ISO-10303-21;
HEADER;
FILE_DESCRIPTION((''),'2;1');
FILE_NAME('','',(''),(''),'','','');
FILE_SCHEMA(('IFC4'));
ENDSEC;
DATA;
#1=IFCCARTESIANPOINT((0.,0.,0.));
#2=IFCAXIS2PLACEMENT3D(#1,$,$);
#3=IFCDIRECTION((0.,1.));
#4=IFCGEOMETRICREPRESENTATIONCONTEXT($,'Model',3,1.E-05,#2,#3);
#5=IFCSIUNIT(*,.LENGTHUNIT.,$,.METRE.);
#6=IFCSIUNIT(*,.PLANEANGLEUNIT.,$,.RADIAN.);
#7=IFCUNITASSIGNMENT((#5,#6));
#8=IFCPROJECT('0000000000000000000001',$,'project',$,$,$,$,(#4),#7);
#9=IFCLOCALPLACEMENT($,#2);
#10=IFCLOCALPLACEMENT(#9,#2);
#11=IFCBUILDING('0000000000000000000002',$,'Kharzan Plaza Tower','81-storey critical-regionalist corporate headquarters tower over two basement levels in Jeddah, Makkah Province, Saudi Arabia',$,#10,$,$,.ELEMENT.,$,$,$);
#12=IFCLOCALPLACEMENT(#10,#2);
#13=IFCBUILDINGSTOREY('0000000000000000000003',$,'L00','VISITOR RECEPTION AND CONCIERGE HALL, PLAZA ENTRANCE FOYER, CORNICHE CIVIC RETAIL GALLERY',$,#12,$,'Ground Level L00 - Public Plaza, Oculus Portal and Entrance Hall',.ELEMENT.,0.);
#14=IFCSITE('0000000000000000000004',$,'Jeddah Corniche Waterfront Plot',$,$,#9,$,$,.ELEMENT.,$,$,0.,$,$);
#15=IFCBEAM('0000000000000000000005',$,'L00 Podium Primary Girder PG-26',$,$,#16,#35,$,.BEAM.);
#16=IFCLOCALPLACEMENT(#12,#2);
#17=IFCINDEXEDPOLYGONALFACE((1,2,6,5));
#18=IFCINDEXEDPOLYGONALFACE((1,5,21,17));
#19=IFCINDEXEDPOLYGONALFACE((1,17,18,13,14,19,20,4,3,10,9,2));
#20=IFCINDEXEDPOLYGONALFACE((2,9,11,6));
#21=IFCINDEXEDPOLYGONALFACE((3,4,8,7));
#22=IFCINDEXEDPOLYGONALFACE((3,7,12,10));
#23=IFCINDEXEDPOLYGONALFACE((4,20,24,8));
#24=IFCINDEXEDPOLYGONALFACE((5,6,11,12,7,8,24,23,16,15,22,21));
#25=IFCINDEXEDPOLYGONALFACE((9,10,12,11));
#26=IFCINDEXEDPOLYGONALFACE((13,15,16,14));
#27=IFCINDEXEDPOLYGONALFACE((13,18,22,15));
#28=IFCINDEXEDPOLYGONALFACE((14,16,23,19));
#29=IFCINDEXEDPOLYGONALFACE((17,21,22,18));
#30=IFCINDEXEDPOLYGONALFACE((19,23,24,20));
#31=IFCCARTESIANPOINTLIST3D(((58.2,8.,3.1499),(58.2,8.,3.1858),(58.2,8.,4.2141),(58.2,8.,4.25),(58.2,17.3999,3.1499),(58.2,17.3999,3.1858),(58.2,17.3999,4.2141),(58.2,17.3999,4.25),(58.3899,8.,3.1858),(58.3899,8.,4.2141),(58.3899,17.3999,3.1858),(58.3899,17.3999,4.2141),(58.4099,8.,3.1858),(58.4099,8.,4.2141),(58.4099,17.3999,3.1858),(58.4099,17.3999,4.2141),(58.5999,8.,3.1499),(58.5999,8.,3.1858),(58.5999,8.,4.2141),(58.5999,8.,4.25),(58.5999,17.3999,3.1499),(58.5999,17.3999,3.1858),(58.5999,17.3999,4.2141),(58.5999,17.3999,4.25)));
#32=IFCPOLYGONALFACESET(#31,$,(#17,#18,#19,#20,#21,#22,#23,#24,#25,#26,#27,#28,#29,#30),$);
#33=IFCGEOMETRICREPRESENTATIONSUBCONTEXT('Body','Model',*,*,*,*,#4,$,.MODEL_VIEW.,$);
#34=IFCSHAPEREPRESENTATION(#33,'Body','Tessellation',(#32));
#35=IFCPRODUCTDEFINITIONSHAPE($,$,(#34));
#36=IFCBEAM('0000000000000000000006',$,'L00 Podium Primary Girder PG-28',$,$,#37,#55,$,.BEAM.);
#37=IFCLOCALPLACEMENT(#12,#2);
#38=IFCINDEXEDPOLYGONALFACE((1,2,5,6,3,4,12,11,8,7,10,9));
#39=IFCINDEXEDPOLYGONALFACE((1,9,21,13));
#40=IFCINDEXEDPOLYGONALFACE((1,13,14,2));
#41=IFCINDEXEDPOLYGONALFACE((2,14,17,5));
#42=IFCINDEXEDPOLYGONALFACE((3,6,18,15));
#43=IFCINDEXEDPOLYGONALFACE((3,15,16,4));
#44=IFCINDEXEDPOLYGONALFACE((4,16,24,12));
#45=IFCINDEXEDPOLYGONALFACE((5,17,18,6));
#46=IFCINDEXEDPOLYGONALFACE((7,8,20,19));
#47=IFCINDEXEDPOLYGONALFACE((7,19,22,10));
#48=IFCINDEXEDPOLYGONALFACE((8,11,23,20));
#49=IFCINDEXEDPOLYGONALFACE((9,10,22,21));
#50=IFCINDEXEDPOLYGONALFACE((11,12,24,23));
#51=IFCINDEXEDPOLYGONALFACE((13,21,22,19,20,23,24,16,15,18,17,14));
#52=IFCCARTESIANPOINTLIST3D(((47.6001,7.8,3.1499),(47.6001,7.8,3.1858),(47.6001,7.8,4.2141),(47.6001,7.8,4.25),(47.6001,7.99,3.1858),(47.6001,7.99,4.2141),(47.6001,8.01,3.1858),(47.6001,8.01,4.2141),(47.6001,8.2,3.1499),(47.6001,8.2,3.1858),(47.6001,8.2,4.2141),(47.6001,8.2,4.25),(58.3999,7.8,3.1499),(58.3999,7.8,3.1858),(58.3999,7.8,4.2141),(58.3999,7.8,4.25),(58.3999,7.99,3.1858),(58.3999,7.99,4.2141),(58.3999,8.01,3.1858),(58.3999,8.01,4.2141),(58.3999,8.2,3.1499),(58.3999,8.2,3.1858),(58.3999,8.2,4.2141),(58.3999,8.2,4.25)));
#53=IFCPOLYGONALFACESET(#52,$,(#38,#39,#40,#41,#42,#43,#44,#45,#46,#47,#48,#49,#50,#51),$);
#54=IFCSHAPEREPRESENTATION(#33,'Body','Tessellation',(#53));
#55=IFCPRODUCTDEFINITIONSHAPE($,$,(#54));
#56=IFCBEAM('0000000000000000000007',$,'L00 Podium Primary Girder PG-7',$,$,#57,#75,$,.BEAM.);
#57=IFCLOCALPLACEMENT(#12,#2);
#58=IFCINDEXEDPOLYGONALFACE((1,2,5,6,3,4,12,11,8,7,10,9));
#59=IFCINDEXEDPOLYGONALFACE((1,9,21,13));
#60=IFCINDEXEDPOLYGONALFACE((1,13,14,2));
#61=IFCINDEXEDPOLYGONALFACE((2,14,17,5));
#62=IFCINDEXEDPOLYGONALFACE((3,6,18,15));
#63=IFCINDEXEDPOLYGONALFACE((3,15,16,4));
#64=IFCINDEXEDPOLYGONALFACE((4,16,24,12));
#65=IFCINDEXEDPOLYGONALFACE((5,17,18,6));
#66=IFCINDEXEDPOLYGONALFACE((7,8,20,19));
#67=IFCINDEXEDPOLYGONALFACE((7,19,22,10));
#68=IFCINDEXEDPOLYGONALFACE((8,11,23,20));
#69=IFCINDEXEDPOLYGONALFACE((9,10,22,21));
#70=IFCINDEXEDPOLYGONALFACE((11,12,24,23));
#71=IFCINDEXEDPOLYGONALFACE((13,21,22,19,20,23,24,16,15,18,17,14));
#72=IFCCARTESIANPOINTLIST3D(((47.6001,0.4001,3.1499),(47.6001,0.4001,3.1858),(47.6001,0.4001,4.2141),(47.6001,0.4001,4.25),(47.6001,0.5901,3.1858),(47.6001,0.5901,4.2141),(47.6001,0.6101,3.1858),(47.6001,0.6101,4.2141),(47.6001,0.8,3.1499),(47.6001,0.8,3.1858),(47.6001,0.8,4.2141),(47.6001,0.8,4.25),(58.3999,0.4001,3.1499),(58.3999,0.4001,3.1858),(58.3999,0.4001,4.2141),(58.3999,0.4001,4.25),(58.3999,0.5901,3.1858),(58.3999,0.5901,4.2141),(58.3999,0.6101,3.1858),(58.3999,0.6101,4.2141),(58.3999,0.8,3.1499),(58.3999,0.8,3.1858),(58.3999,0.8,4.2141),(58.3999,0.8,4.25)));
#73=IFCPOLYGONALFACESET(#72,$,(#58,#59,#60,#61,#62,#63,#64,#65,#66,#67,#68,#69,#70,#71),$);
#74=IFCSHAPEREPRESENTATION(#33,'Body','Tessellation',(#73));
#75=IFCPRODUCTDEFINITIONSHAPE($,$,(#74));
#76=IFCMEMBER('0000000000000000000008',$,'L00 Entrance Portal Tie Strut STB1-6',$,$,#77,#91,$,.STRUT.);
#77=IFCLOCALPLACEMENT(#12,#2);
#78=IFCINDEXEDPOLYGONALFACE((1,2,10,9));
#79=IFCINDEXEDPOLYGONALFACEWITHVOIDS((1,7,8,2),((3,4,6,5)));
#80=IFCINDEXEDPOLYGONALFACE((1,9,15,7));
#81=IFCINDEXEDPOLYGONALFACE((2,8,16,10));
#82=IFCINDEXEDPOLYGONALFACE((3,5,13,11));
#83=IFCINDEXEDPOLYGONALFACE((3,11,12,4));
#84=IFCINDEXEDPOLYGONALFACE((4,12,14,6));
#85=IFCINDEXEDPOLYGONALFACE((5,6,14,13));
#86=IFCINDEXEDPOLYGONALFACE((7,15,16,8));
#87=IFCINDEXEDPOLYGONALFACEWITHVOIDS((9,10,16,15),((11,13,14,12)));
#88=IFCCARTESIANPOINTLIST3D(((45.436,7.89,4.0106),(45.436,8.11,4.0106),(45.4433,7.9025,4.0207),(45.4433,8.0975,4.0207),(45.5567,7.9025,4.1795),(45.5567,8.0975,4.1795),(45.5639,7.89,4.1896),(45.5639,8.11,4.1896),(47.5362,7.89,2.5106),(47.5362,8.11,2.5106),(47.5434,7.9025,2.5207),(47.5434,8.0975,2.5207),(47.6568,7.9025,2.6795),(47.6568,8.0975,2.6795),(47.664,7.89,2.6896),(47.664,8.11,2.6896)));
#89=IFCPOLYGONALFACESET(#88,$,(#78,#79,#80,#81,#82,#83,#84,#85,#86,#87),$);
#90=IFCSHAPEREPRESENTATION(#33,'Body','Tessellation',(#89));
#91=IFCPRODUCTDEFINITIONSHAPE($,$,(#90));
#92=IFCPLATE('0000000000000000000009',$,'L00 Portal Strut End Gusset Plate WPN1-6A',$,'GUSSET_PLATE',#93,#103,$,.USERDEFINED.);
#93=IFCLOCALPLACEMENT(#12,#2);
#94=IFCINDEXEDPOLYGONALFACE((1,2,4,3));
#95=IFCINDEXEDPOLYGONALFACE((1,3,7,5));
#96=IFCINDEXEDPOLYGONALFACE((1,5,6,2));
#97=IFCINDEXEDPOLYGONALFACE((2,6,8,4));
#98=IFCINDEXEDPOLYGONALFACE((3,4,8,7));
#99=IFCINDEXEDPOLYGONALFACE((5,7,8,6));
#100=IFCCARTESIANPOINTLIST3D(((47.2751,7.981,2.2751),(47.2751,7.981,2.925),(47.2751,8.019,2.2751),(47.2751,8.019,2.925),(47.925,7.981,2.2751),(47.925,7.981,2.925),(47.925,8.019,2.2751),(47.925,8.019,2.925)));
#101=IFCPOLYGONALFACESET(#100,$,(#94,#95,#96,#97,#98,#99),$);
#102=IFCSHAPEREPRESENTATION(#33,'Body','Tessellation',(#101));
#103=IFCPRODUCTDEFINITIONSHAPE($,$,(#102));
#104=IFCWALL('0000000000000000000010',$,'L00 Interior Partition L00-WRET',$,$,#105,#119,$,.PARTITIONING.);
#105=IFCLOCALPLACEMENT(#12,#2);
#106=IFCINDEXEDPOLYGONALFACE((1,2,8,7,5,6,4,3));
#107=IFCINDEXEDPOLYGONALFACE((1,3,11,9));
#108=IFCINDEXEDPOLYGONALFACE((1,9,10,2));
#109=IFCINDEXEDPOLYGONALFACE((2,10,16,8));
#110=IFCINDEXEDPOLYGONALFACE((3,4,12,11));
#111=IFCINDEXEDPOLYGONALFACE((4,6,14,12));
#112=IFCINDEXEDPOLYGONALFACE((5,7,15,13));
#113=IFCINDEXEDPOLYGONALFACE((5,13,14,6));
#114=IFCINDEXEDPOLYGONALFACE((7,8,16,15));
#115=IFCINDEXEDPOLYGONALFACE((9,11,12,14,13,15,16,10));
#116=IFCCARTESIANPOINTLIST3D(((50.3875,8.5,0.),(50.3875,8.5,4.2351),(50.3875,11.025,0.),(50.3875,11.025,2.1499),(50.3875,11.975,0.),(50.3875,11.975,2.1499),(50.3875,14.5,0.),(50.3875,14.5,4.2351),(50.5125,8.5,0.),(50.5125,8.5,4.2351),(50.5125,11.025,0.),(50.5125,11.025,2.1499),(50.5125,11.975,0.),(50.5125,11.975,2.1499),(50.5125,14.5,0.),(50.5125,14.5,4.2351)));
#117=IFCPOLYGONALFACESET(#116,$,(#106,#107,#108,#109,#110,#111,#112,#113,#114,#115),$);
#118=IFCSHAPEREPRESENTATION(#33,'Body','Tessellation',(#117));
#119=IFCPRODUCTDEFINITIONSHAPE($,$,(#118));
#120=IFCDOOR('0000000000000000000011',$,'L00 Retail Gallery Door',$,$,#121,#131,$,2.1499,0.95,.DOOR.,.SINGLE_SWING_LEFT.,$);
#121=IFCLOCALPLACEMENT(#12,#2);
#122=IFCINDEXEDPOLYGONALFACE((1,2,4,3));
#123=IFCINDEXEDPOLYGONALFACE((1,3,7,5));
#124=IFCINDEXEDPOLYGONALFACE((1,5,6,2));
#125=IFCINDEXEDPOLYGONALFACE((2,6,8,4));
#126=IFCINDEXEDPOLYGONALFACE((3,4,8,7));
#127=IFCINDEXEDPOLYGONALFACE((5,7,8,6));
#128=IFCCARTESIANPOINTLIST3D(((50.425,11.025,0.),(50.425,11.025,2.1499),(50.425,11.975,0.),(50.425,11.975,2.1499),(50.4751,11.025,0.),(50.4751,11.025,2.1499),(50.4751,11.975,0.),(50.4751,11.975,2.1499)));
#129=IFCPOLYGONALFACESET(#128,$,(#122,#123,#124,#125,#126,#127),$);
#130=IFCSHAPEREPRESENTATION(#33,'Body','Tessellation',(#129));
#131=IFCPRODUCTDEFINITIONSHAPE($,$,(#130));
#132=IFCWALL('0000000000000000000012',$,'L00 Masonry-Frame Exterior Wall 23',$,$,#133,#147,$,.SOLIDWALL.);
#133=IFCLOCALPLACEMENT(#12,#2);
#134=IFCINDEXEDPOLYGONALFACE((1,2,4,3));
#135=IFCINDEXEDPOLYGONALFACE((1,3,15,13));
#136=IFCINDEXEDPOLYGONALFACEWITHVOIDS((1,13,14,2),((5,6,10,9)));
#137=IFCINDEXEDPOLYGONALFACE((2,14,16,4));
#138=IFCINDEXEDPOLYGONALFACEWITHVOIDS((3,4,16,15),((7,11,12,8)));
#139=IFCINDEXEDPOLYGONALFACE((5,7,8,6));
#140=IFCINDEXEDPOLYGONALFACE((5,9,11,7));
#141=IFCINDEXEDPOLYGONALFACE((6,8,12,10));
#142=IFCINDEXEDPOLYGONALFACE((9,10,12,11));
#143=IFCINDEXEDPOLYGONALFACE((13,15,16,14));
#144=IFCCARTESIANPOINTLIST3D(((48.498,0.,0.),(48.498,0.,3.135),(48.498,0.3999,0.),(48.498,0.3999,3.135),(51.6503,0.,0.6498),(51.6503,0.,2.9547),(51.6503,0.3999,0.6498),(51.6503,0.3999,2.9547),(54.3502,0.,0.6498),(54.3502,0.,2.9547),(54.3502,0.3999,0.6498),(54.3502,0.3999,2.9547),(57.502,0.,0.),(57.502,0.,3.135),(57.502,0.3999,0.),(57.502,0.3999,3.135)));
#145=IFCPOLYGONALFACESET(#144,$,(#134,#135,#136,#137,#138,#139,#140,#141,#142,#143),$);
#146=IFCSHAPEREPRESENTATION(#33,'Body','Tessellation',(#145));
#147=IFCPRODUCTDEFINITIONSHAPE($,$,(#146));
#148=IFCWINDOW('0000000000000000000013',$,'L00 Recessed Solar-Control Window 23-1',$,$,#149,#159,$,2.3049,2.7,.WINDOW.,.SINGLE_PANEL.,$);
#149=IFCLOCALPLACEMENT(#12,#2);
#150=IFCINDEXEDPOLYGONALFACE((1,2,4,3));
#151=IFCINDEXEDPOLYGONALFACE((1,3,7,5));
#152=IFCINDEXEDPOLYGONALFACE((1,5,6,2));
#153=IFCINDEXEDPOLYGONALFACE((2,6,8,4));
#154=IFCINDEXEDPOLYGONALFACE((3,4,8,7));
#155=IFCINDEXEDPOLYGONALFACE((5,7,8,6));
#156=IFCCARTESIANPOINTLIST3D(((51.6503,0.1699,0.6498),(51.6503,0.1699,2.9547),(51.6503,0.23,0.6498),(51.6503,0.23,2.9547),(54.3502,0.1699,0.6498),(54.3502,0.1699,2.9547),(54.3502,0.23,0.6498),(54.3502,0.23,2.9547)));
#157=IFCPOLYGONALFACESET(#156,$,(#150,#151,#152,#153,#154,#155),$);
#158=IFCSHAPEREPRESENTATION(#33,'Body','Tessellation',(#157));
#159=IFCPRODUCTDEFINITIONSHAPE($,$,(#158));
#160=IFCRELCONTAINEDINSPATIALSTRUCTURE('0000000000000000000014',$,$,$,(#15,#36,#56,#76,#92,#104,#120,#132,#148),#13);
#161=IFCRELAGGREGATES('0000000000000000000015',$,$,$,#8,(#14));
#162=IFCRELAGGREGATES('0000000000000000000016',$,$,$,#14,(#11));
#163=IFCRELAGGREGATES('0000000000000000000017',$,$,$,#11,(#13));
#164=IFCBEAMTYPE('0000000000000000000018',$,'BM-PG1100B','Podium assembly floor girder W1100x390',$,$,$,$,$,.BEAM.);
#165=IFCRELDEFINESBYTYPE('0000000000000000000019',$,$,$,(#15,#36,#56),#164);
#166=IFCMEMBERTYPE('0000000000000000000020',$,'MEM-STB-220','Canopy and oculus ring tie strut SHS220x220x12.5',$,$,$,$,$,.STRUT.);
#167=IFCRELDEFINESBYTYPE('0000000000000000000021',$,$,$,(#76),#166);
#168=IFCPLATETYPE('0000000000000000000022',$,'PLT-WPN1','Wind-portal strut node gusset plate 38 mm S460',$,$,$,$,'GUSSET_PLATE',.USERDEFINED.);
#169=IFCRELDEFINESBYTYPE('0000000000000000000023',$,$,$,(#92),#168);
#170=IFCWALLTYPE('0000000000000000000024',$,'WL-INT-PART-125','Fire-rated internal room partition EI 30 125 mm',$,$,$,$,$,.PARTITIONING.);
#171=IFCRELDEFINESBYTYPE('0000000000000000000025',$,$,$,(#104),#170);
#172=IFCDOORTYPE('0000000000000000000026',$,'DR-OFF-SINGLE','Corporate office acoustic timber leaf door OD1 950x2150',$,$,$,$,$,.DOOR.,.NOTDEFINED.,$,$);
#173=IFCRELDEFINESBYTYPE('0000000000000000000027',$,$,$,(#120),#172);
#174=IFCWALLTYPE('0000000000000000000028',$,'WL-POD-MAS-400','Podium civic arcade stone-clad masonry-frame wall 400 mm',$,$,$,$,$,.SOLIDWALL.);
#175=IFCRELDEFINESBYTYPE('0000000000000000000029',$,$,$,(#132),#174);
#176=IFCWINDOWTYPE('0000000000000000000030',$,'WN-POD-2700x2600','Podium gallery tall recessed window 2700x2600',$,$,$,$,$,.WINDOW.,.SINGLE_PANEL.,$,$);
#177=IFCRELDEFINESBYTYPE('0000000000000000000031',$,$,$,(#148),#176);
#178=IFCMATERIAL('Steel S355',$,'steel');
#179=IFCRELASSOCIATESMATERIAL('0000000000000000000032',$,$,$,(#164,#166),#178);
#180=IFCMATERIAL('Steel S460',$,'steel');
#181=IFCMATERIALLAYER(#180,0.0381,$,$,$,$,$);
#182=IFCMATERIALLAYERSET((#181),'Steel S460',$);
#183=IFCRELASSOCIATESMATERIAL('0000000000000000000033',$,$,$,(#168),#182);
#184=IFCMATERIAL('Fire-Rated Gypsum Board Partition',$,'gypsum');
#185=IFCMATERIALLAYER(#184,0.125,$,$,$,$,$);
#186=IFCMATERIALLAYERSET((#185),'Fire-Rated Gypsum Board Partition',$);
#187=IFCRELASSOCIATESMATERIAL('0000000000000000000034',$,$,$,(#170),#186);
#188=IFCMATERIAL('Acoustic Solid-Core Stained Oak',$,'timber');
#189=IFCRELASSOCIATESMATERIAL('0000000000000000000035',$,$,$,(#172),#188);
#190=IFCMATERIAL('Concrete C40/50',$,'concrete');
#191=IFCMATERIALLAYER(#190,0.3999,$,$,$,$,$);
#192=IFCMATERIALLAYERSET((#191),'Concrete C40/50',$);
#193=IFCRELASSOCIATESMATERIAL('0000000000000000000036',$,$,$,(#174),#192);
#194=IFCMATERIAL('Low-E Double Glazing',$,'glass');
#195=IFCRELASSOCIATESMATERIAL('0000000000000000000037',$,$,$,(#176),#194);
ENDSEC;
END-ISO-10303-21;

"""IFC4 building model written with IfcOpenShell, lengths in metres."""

from ifc_helpers import new_model, si_unit, direction, frame, frame_2d, origin, origin_2d, place, context, subcontext, project, spatial, rectangle, hollow_rectangle, i_section, extrude, source, transform, mapped, material, layer, layer_set, material_profile, profile_set, type_object, element, fill, save


model = new_model("IFC4")

# Units and contexts
model_context = context("Model", 3, precision=1e-05, world=origin(), true_north=direction((0.0, 1.0)))
body_context = subcontext(model_context, "Body", "Model", "MODEL_VIEW")
ifc_project = project(units=[si_unit("LENGTHUNIT", "METRE"), si_unit("PLANEANGLEUNIT", "RADIAN")], contexts=[model_context])

# Site, building, storey
site_placement = place(None, origin())
site = spatial("IfcSite", under=ifc_project, at=site_placement, Name="Jeddah Corniche Waterfront Plot", CompositionType="ELEMENT", RefElevation=0.0)
building_placement = place(site_placement, origin())
building = spatial("IfcBuilding", under=site, at=building_placement, Name="Kharzan Plaza Tower", Description="81-storey critical-regionalist corporate headquarters tower over two basement levels in Jeddah, Makkah Province, Saudi Arabia", CompositionType="ELEMENT")
storey_placement = place(building_placement, origin())
storey = spatial("IfcBuildingStorey", under=building, at=storey_placement, Name="L00", Description="VISITOR RECEPTION AND CONCIERGE HALL, PLAZA ENTRANCE FOYER, CORNICHE CIVIC RETAIL GALLERY", LongName="Ground Level L00 - Public Plaza, Oculus Portal and Entrance Hall", CompositionType="ELEMENT", Elevation=0.0)

# Shared definitions
ifc_material_1 = material(Name="Steel S355", Category="steel")

# Beams
ifc_material_profile_1 = material_profile(ifc_material_1, i_section(OverallWidth=0.3999, OverallDepth=1.1001, WebThickness=0.02, FlangeThickness=0.0359, at=origin_2d()), Name="W1100x390")
ifc_profile_set_1 = profile_set([ifc_material_profile_1], Name="Steel S355")
beam_type_1 = type_object("IfcBeamType", Name="BM-PG1100B", Description="Podium assembly floor girder W1100x390", PredefinedType="BEAM", material=ifc_profile_set_1)
shared_shape_1 = source(origin(), body_context, "Body", "SweptSolid", [
    extrude(i_section(OverallWidth=0.3999, OverallDepth=1.1001, WebThickness=0.02, FlangeThickness=0.0359, at=origin_2d()), origin(), (0.0, 0.0, 1.0), 9.3999),
])
for number, where, z_axis, x_axis, name in (
    (1, (58.3999, 8.0, 3.7), (0.0, 1.0, 0.0), (-1.0, 0.0, 0.0), "L00 Podium Primary Girder PG-26"),
):
    element("IfcBeam", number, at=place(storey_placement, frame(where, z_axis=z_axis, x_axis=x_axis)), inside=storey, type_object=beam_type_1, Name=name, PredefinedType="BEAM", context=body_context, shape_type="MappedRepresentation", body=[
        mapped(shared_shape_1, transform((0.0, 0.0, 0.0), x_axis=(1.0, 0.0, 0.0), y_axis=(0.0, 1.0, 0.0), z_axis=(0.0, 0.0, 1.0))),
    ])
shared_shape_2 = source(origin(), body_context, "Body", "SweptSolid", [
    extrude(i_section(OverallWidth=0.3999, OverallDepth=1.1001, WebThickness=0.02, FlangeThickness=0.0359, at=origin_2d()), origin(), (0.0, 0.0, 1.0), 10.7998),
])
for number, where, z_axis, x_axis, name in (
    (2, (47.6001, 8.0, 3.7), (1.0, 0.0, 0.0), (0.0, 1.0, 0.0), "L00 Podium Primary Girder PG-28"),
    (3, (47.6001, 0.6001, 3.7), (1.0, 0.0, 0.0), (0.0, 1.0, 0.0), "L00 Podium Primary Girder PG-7"),
):
    element("IfcBeam", number, at=place(storey_placement, frame(where, z_axis=z_axis, x_axis=x_axis)), inside=storey, type_object=beam_type_1, Name=name, PredefinedType="BEAM", context=body_context, shape_type="MappedRepresentation", body=[
        mapped(shared_shape_2, transform((0.0, 0.0, 0.0), x_axis=(1.0, 0.0, 0.0), y_axis=(0.0, 1.0, 0.0), z_axis=(0.0, 0.0, 1.0))),
    ])

# Member
ifc_material_profile_2 = material_profile(ifc_material_1, hollow_rectangle(XDim=0.22, YDim=0.22, WallThickness=0.0125, at=origin_2d()), Name="SHS220x220x12.5")
ifc_profile_set_2 = profile_set([ifc_material_profile_2], Name="Steel S355")
member_type = type_object("IfcMemberType", Name="MEM-STB-220", Description="Canopy and oculus ring tie strut SHS220x220x12.5", PredefinedType="STRUT", material=ifc_profile_set_2)
shared_shape_3 = source(origin(), body_context, "Body", "SweptSolid", [
    extrude(hollow_rectangle(XDim=0.22, YDim=0.22, WallThickness=0.0125, at=origin_2d()), origin(), (0.0, 0.0, 1.0), 2.5808),
])
member_placement = place(storey_placement, frame((47.6001, 8.0, 2.6001), z_axis=(-0.813746, 0.0, 0.58122), x_axis=(0.0, -1.0, 0.0)))
element("IfcMember", 4, at=member_placement, inside=storey, type_object=member_type, Name="L00 Entrance Portal Tie Strut STB1-6", PredefinedType="STRUT", context=body_context, shape_type="MappedRepresentation", body=[
    mapped(shared_shape_3, transform((0.0, 0.0, 0.0), x_axis=(1.0, 0.0, 0.0), y_axis=(0.0, 1.0, 0.0), z_axis=(0.0, 0.0, 1.0))),
])

# Plate
ifc_material_2 = material(Name="Steel S460", Category="steel")
ifc_layer_1 = layer(ifc_material_2, 0.0381)
ifc_layer_set_1 = layer_set([ifc_layer_1], Name="Steel S460")
plate_type = type_object("IfcPlateType", Name="PLT-WPN1", Description="Wind-portal strut node gusset plate 38 mm S460", ElementType="GUSSET_PLATE", PredefinedType="USERDEFINED", material=ifc_layer_set_1)
shared_shape_4 = source(origin(), body_context, "Body", "SweptSolid", [
    extrude(rectangle(XDim=0.6499, YDim=0.0381, at=origin_2d()), origin(), (0.0, 0.0, 1.0), 0.6499),
])
plate_placement = place(storey_placement, frame((47.6001, 8.0, 2.2751), z_axis=(0.0, 0.0, 1.0), x_axis=(1.0, 0.0, 0.0)))
element("IfcPlate", 5, at=plate_placement, inside=storey, type_object=plate_type, Name="L00 Portal Strut End Gusset Plate WPN1-6A", ObjectType="GUSSET_PLATE", PredefinedType="USERDEFINED", context=body_context, shape_type="MappedRepresentation", body=[
    mapped(shared_shape_4, transform((0.0, 0.0, 0.0), x_axis=(1.0, 0.0, 0.0), y_axis=(0.0, 1.0, 0.0), z_axis=(0.0, 0.0, 1.0))),
])

# Wall, opening, door
ifc_material_3 = material(Name="Fire-Rated Gypsum Board Partition", Category="gypsum")
ifc_layer_2 = layer(ifc_material_3, 0.125)
ifc_layer_set_2 = layer_set([ifc_layer_2], Name="Fire-Rated Gypsum Board Partition")
wall_type_1 = type_object("IfcWallType", Name="WL-INT-PART-125", Description="Fire-rated internal room partition EI 30 125 mm", PredefinedType="PARTITIONING", material=ifc_layer_set_2)
wall_1_placement = place(storey_placement, frame((50.45, 8.5, 0.0), z_axis=(0.0, 0.0, 1.0), x_axis=(0.0, 1.0, 0.0)))
wall_1 = element("IfcWall", 6, at=wall_1_placement, inside=storey, type_object=wall_type_1, Name="L00 Interior Partition L00-WRET", PredefinedType="PARTITIONING", context=body_context, shape_type="SweptSolid", body=[
    extrude(rectangle(XDim=6.0, YDim=0.125, at=frame_2d((3.0, 0.0))), origin(), (0.0, 0.0, 1.0), 4.2351),
])
opening_1_placement = place(wall_1_placement, frame((2.5249, 0.0, 0.0)))
opening_1 = element("IfcOpeningElement", 7, at=opening_1_placement, cuts=wall_1, PredefinedType="OPENING", context=body_context, shape_type="SweptSolid", body=[
    extrude(rectangle(XDim=0.95, YDim=2.1499, at=frame_2d((0.4751, 1.075))), frame((0.0, 0.0725, 0.0), z_axis=(0.0, -1.0, 0.0), x_axis=(1.0, 0.0, 0.0)), (0.0, 0.0, 1.0), 0.145),
])
ifc_material_4 = material(Name="Acoustic Solid-Core Stained Oak", Category="timber")
door_type = type_object("IfcDoorType", Name="DR-OFF-SINGLE", Description="Corporate office acoustic timber leaf door OD1 950x2150", OperationType="NOTDEFINED", PredefinedType="DOOR", material=ifc_material_4)
shared_shape_5 = source(origin(), body_context, "Body", "SweptSolid", [
    extrude(rectangle(XDim=0.95, YDim=2.1499, at=frame_2d((0.4751, 1.075))), frame((0.0, 0.0249, 0.0), z_axis=(0.0, -1.0, 0.0), x_axis=(1.0, 0.0, 0.0)), (0.0, 0.0, 1.0), 0.05),
])
door_placement = place(opening_1_placement, origin())
door = element("IfcDoor", 8, at=door_placement, inside=storey, type_object=door_type, Name="L00 Retail Gallery Door", OperationType="SINGLE_SWING_LEFT", OverallHeight=2.1499, OverallWidth=0.95, PredefinedType="DOOR", context=body_context, shape_type="MappedRepresentation", body=[
    mapped(shared_shape_5, transform((0.0, 0.0, 0.0), x_axis=(1.0, 0.0, 0.0), y_axis=(0.0, 1.0, 0.0), z_axis=(0.0, 0.0, 1.0))),
])
fill(opening_1, door)

# Wall, opening, window
ifc_material_5 = material(Name="Concrete C40/50", Category="concrete")
ifc_layer_3 = layer(ifc_material_5, 0.3999)
ifc_layer_set_3 = layer_set([ifc_layer_3], Name="Concrete C40/50")
wall_type_2 = type_object("IfcWallType", Name="WL-POD-MAS-400", Description="Podium civic arcade stone-clad masonry-frame wall 400 mm", PredefinedType="SOLIDWALL", material=ifc_layer_set_3)
wall_2_placement = place(storey_placement, frame((48.498, 0.2, 0.0), z_axis=(0.0, 0.0, 1.0), x_axis=(1.0, 0.0, 0.0)))
wall_2 = element("IfcWall", 9, at=wall_2_placement, inside=storey, type_object=wall_type_2, Name="L00 Masonry-Frame Exterior Wall 23", PredefinedType="SOLIDWALL", context=body_context, shape_type="SweptSolid", body=[
    extrude(rectangle(XDim=9.0039, YDim=0.3999, at=frame_2d((4.502, 0.0))), origin(), (0.0, 0.0, 1.0), 3.135),
])
opening_2_placement = place(wall_2_placement, frame((3.1521, 0.0, 0.6499)))
opening_2 = element("IfcOpeningElement", 10, at=opening_2_placement, cuts=wall_2, PredefinedType="OPENING", context=body_context, shape_type="SweptSolid", body=[
    extrude(rectangle(XDim=2.7, YDim=2.3049, at=frame_2d((1.3501, 1.1523))), frame((0.0, 0.21, 0.0), z_axis=(0.0, -1.0, 0.0), x_axis=(1.0, 0.0, 0.0)), (0.0, 0.0, 1.0), 0.4199),
])
ifc_material_6 = material(Name="Low-E Double Glazing", Category="glass")
window_type_1 = type_object("IfcWindowType", Name="WN-POD-2700x2600", Description="Podium gallery tall recessed window 2700x2600", PartitioningType="SINGLE_PANEL", PredefinedType="WINDOW", material=ifc_material_6)
shared_shape_6 = source(origin(), body_context, "Body", "SweptSolid", [
    extrude(rectangle(XDim=2.7, YDim=2.3049, at=frame_2d((1.3501, 1.1523))), frame((0.0, 0.03, 0.0), z_axis=(0.0, -1.0, 0.0), x_axis=(1.0, 0.0, 0.0)), (0.0, 0.0, 1.0), 0.0601),
])
window_1_placement = place(opening_2_placement, origin())
window_1 = element("IfcWindow", 11, at=window_1_placement, inside=storey, type_object=window_type_1, Name="L00 Recessed Solar-Control Window 23-1", OverallHeight=2.3049, OverallWidth=2.7, PartitioningType="SINGLE_PANEL", PredefinedType="WINDOW", context=body_context, shape_type="MappedRepresentation", body=[
    mapped(shared_shape_6, transform((0.0, 0.0, 0.0), x_axis=(1.0, 0.0, 0.0), y_axis=(0.0, 1.0, 0.0), z_axis=(0.0, 0.0, 1.0))),
])
fill(opening_2, window_1)

save(model, "model.ifc")
